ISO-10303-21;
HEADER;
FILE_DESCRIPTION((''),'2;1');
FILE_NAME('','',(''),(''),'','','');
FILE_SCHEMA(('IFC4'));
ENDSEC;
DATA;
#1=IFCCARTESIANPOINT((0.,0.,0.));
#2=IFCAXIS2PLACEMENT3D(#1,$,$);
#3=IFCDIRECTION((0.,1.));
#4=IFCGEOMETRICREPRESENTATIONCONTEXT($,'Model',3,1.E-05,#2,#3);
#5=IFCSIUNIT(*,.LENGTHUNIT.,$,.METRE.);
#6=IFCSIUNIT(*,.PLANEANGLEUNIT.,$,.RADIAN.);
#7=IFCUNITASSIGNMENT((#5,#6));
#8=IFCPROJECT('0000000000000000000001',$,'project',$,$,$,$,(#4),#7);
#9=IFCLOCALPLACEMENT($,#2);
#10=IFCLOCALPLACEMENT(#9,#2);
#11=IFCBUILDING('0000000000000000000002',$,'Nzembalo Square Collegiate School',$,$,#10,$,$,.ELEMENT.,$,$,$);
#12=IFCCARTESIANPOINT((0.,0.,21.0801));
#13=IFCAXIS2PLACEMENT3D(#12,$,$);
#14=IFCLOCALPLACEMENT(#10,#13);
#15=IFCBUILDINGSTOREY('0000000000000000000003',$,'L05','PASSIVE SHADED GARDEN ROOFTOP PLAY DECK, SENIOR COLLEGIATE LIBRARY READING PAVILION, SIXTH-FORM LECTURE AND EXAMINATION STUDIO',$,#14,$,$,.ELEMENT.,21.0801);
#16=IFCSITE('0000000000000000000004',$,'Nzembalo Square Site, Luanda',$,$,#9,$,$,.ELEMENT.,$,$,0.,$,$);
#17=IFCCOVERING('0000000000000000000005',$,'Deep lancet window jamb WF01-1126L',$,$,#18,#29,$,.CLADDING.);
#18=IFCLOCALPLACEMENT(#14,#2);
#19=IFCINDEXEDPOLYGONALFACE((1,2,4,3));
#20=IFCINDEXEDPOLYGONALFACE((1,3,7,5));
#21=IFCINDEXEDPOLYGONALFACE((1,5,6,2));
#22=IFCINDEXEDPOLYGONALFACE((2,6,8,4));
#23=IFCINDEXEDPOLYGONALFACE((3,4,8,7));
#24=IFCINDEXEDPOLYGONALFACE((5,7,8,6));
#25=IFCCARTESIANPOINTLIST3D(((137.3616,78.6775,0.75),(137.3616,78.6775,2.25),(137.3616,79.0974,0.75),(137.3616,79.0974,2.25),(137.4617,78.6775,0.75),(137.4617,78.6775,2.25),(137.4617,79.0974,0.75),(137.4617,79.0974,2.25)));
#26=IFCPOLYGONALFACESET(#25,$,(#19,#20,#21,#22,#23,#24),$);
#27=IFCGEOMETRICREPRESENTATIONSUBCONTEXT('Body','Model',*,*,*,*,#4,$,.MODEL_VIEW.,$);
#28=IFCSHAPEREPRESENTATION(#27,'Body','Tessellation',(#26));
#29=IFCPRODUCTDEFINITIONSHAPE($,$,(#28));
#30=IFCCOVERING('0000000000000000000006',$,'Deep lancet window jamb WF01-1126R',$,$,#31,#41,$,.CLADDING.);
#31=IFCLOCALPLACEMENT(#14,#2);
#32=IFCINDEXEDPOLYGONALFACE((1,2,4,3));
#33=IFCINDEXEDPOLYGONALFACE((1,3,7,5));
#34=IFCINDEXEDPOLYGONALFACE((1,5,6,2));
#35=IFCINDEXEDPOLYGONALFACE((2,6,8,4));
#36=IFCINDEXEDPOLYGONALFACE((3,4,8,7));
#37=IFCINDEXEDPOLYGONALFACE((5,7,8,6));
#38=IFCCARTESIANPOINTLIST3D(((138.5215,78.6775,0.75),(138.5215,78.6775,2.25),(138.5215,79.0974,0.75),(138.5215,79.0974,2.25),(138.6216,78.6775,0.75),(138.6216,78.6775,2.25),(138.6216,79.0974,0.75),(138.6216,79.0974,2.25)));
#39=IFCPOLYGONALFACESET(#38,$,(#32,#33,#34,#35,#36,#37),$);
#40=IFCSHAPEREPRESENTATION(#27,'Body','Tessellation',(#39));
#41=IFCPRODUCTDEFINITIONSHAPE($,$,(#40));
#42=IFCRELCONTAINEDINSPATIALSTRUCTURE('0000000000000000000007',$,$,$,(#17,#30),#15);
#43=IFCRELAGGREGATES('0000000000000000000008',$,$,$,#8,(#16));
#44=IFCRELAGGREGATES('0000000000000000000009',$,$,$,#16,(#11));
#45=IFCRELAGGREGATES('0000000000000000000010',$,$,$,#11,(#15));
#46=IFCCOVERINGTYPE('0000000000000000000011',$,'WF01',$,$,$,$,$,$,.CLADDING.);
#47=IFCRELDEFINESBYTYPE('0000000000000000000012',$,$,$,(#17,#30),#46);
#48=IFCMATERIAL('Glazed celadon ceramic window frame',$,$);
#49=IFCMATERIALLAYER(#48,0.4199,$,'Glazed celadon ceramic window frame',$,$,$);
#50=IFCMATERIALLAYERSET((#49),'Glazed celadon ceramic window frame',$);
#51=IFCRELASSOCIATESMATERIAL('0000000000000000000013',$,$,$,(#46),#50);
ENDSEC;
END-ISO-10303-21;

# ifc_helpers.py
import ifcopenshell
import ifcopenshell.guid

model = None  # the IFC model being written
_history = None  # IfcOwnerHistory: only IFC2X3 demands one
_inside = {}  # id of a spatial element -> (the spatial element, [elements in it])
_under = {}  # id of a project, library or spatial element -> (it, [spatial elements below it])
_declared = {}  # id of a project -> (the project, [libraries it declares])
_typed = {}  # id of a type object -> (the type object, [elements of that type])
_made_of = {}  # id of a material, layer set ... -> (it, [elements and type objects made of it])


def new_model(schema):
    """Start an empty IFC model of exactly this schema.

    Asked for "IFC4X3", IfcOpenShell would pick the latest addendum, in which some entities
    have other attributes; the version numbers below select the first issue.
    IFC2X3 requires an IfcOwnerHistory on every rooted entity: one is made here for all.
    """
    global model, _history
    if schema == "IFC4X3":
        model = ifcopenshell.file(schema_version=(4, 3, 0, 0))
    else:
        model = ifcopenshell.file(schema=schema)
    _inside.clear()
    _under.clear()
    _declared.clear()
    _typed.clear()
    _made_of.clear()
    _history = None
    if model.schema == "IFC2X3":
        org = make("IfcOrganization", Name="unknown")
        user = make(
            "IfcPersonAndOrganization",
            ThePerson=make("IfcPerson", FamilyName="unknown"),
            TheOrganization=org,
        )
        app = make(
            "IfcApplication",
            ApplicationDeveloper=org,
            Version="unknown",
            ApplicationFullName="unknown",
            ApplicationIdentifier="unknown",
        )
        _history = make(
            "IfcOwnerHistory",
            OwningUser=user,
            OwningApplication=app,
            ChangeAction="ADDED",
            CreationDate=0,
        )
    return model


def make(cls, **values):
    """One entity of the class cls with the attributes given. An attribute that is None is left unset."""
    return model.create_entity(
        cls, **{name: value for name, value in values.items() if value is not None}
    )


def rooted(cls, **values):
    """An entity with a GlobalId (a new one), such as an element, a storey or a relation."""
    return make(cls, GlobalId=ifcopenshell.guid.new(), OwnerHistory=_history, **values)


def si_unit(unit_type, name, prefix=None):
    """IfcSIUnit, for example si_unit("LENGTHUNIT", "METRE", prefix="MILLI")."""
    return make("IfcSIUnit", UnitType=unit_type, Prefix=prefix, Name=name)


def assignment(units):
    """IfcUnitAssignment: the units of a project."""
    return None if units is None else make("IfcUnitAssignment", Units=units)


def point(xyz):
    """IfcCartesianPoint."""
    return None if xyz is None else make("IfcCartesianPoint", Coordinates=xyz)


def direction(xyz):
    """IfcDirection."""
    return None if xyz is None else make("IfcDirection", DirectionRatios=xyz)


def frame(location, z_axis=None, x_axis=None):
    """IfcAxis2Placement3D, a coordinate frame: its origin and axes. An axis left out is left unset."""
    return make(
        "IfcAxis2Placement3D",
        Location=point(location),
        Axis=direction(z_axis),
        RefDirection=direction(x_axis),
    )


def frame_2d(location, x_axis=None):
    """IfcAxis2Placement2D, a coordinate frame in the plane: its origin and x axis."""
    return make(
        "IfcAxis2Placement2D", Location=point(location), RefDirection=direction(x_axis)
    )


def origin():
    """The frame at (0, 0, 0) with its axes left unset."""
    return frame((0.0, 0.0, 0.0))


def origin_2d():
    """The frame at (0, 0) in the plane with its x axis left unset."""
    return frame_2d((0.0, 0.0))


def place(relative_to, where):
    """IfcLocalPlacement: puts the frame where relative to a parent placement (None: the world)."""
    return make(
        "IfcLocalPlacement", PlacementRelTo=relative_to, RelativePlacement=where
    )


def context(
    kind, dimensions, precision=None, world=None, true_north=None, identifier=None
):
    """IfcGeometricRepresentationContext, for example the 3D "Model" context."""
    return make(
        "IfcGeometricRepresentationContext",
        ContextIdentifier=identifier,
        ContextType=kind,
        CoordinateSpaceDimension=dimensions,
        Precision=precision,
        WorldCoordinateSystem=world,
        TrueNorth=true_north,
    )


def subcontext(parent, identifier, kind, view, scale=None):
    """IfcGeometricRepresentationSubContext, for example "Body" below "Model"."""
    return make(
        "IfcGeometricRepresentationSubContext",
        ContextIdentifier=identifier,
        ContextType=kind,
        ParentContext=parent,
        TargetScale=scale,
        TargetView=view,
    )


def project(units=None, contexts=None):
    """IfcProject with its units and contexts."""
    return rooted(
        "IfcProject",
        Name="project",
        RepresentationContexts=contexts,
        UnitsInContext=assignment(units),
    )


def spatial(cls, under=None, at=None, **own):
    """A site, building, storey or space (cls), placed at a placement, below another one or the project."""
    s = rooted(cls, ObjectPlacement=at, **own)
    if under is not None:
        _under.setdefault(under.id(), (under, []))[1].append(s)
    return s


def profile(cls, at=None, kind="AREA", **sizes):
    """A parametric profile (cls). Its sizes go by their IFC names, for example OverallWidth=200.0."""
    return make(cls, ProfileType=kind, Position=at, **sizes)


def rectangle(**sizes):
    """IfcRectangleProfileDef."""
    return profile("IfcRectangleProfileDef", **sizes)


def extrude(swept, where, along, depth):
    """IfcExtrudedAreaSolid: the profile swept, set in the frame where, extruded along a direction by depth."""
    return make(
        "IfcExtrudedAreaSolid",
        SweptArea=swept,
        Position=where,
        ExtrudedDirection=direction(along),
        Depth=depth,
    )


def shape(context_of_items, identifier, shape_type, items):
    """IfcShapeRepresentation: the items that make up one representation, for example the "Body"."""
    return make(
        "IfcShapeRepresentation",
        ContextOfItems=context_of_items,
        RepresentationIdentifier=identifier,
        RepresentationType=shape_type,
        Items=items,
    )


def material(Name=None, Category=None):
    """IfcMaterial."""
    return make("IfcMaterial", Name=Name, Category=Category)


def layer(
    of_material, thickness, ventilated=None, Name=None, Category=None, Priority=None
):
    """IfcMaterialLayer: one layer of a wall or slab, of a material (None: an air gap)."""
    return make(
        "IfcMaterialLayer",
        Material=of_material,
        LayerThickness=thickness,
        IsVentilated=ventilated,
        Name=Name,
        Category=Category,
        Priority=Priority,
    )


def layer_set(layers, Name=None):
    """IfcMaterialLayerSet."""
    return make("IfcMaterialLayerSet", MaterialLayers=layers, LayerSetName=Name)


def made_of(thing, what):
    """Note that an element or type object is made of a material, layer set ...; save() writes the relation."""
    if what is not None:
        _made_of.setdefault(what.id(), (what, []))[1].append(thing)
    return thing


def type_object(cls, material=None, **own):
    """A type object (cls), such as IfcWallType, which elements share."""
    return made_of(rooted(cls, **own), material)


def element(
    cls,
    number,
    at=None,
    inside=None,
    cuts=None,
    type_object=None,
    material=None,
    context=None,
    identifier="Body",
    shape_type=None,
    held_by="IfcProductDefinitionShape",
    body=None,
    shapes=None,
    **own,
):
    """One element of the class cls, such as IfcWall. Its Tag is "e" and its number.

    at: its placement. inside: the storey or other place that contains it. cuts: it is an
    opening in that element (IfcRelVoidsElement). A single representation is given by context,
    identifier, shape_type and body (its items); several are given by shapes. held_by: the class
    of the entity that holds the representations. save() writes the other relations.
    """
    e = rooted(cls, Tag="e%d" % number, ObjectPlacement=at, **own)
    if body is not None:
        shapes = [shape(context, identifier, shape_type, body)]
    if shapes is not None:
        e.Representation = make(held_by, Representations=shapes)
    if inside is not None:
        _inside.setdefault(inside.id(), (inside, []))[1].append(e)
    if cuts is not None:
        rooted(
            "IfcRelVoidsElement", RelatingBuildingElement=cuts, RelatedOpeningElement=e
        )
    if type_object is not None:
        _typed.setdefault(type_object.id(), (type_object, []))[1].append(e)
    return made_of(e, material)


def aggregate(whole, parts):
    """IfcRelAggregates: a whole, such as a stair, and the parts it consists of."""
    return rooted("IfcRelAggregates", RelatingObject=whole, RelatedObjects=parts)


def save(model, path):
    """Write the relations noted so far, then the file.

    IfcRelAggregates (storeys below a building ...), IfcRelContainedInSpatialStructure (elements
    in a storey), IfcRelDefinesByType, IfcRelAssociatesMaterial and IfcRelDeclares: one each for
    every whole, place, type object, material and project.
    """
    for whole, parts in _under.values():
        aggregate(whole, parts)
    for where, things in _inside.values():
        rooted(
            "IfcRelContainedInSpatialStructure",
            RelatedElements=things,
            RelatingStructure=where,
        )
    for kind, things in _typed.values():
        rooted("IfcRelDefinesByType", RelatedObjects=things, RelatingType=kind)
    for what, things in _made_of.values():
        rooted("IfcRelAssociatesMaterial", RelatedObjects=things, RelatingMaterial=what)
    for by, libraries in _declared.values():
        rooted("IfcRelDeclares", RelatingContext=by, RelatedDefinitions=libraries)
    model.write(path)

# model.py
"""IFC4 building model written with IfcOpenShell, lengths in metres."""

from ifc_helpers import new_model, si_unit, direction, frame, origin, origin_2d, place, context, subcontext, project, spatial, rectangle, extrude, material, layer, layer_set, type_object, element, save


model = new_model("IFC4")

# Units and contexts
model_context = context("Model", 3, precision=1e-05, world=origin(), true_north=direction((0.0, 1.0)))
body_context = subcontext(model_context, "Body", "Model", "MODEL_VIEW")
ifc_project = project(units=[si_unit("LENGTHUNIT", "METRE"), si_unit("PLANEANGLEUNIT", "RADIAN")], contexts=[model_context])

# Site, building, storey
site_placement = place(None, origin())
site = spatial("IfcSite", under=ifc_project, at=site_placement, Name="Nzembalo Square Site, Luanda", CompositionType="ELEMENT", RefElevation=0.0)
building_placement = place(site_placement, origin())
building = spatial("IfcBuilding", under=site, at=building_placement, Name="Nzembalo Square Collegiate School", CompositionType="ELEMENT")
storey_placement = place(building_placement, frame((0.0, 0.0, 21.0801)))
storey = spatial("IfcBuildingStorey", under=building, at=storey_placement, Name="L05", Description="PASSIVE SHADED GARDEN ROOFTOP PLAY DECK, SENIOR COLLEGIATE LIBRARY READING PAVILION, SIXTH-FORM LECTURE AND EXAMINATION STUDIO", CompositionType="ELEMENT", Elevation=21.0801)

# Coverings
ifc_material_1 = material(Name="Glazed celadon ceramic window frame")
ifc_layer_1 = layer(ifc_material_1, 0.4199, Name="Glazed celadon ceramic window frame")
ifc_layer_set_1 = layer_set([ifc_layer_1], Name="Glazed celadon ceramic window frame")
covering_type_1 = type_object("IfcCoveringType", Name="WF01", PredefinedType="CLADDING", material=ifc_layer_set_1)
for number, where, z_axis, x_axis, name in (
    (1, (137.4116, 78.8875, 0.75), (0.0, 0.0, 1.0), (1.0, 0.0, 0.0), "Deep lancet window jamb WF01-1126L"),
    (2, (138.5715, 78.8875, 0.75), (0.0, 0.0, 1.0), (1.0, 0.0, 0.0), "Deep lancet window jamb WF01-1126R"),
):
    element("IfcCovering", number, at=place(storey_placement, frame(where, z_axis=z_axis, x_axis=x_axis)), inside=storey, type_object=covering_type_1, Name=name, PredefinedType="CLADDING", context=body_context, shape_type="SweptSolid", body=[
        extrude(rectangle(XDim=0.1001, YDim=0.4199, at=origin_2d()), origin(), (0.0, 0.0, 1.0), 1.5),
    ])

save(model, "model.ifc")
